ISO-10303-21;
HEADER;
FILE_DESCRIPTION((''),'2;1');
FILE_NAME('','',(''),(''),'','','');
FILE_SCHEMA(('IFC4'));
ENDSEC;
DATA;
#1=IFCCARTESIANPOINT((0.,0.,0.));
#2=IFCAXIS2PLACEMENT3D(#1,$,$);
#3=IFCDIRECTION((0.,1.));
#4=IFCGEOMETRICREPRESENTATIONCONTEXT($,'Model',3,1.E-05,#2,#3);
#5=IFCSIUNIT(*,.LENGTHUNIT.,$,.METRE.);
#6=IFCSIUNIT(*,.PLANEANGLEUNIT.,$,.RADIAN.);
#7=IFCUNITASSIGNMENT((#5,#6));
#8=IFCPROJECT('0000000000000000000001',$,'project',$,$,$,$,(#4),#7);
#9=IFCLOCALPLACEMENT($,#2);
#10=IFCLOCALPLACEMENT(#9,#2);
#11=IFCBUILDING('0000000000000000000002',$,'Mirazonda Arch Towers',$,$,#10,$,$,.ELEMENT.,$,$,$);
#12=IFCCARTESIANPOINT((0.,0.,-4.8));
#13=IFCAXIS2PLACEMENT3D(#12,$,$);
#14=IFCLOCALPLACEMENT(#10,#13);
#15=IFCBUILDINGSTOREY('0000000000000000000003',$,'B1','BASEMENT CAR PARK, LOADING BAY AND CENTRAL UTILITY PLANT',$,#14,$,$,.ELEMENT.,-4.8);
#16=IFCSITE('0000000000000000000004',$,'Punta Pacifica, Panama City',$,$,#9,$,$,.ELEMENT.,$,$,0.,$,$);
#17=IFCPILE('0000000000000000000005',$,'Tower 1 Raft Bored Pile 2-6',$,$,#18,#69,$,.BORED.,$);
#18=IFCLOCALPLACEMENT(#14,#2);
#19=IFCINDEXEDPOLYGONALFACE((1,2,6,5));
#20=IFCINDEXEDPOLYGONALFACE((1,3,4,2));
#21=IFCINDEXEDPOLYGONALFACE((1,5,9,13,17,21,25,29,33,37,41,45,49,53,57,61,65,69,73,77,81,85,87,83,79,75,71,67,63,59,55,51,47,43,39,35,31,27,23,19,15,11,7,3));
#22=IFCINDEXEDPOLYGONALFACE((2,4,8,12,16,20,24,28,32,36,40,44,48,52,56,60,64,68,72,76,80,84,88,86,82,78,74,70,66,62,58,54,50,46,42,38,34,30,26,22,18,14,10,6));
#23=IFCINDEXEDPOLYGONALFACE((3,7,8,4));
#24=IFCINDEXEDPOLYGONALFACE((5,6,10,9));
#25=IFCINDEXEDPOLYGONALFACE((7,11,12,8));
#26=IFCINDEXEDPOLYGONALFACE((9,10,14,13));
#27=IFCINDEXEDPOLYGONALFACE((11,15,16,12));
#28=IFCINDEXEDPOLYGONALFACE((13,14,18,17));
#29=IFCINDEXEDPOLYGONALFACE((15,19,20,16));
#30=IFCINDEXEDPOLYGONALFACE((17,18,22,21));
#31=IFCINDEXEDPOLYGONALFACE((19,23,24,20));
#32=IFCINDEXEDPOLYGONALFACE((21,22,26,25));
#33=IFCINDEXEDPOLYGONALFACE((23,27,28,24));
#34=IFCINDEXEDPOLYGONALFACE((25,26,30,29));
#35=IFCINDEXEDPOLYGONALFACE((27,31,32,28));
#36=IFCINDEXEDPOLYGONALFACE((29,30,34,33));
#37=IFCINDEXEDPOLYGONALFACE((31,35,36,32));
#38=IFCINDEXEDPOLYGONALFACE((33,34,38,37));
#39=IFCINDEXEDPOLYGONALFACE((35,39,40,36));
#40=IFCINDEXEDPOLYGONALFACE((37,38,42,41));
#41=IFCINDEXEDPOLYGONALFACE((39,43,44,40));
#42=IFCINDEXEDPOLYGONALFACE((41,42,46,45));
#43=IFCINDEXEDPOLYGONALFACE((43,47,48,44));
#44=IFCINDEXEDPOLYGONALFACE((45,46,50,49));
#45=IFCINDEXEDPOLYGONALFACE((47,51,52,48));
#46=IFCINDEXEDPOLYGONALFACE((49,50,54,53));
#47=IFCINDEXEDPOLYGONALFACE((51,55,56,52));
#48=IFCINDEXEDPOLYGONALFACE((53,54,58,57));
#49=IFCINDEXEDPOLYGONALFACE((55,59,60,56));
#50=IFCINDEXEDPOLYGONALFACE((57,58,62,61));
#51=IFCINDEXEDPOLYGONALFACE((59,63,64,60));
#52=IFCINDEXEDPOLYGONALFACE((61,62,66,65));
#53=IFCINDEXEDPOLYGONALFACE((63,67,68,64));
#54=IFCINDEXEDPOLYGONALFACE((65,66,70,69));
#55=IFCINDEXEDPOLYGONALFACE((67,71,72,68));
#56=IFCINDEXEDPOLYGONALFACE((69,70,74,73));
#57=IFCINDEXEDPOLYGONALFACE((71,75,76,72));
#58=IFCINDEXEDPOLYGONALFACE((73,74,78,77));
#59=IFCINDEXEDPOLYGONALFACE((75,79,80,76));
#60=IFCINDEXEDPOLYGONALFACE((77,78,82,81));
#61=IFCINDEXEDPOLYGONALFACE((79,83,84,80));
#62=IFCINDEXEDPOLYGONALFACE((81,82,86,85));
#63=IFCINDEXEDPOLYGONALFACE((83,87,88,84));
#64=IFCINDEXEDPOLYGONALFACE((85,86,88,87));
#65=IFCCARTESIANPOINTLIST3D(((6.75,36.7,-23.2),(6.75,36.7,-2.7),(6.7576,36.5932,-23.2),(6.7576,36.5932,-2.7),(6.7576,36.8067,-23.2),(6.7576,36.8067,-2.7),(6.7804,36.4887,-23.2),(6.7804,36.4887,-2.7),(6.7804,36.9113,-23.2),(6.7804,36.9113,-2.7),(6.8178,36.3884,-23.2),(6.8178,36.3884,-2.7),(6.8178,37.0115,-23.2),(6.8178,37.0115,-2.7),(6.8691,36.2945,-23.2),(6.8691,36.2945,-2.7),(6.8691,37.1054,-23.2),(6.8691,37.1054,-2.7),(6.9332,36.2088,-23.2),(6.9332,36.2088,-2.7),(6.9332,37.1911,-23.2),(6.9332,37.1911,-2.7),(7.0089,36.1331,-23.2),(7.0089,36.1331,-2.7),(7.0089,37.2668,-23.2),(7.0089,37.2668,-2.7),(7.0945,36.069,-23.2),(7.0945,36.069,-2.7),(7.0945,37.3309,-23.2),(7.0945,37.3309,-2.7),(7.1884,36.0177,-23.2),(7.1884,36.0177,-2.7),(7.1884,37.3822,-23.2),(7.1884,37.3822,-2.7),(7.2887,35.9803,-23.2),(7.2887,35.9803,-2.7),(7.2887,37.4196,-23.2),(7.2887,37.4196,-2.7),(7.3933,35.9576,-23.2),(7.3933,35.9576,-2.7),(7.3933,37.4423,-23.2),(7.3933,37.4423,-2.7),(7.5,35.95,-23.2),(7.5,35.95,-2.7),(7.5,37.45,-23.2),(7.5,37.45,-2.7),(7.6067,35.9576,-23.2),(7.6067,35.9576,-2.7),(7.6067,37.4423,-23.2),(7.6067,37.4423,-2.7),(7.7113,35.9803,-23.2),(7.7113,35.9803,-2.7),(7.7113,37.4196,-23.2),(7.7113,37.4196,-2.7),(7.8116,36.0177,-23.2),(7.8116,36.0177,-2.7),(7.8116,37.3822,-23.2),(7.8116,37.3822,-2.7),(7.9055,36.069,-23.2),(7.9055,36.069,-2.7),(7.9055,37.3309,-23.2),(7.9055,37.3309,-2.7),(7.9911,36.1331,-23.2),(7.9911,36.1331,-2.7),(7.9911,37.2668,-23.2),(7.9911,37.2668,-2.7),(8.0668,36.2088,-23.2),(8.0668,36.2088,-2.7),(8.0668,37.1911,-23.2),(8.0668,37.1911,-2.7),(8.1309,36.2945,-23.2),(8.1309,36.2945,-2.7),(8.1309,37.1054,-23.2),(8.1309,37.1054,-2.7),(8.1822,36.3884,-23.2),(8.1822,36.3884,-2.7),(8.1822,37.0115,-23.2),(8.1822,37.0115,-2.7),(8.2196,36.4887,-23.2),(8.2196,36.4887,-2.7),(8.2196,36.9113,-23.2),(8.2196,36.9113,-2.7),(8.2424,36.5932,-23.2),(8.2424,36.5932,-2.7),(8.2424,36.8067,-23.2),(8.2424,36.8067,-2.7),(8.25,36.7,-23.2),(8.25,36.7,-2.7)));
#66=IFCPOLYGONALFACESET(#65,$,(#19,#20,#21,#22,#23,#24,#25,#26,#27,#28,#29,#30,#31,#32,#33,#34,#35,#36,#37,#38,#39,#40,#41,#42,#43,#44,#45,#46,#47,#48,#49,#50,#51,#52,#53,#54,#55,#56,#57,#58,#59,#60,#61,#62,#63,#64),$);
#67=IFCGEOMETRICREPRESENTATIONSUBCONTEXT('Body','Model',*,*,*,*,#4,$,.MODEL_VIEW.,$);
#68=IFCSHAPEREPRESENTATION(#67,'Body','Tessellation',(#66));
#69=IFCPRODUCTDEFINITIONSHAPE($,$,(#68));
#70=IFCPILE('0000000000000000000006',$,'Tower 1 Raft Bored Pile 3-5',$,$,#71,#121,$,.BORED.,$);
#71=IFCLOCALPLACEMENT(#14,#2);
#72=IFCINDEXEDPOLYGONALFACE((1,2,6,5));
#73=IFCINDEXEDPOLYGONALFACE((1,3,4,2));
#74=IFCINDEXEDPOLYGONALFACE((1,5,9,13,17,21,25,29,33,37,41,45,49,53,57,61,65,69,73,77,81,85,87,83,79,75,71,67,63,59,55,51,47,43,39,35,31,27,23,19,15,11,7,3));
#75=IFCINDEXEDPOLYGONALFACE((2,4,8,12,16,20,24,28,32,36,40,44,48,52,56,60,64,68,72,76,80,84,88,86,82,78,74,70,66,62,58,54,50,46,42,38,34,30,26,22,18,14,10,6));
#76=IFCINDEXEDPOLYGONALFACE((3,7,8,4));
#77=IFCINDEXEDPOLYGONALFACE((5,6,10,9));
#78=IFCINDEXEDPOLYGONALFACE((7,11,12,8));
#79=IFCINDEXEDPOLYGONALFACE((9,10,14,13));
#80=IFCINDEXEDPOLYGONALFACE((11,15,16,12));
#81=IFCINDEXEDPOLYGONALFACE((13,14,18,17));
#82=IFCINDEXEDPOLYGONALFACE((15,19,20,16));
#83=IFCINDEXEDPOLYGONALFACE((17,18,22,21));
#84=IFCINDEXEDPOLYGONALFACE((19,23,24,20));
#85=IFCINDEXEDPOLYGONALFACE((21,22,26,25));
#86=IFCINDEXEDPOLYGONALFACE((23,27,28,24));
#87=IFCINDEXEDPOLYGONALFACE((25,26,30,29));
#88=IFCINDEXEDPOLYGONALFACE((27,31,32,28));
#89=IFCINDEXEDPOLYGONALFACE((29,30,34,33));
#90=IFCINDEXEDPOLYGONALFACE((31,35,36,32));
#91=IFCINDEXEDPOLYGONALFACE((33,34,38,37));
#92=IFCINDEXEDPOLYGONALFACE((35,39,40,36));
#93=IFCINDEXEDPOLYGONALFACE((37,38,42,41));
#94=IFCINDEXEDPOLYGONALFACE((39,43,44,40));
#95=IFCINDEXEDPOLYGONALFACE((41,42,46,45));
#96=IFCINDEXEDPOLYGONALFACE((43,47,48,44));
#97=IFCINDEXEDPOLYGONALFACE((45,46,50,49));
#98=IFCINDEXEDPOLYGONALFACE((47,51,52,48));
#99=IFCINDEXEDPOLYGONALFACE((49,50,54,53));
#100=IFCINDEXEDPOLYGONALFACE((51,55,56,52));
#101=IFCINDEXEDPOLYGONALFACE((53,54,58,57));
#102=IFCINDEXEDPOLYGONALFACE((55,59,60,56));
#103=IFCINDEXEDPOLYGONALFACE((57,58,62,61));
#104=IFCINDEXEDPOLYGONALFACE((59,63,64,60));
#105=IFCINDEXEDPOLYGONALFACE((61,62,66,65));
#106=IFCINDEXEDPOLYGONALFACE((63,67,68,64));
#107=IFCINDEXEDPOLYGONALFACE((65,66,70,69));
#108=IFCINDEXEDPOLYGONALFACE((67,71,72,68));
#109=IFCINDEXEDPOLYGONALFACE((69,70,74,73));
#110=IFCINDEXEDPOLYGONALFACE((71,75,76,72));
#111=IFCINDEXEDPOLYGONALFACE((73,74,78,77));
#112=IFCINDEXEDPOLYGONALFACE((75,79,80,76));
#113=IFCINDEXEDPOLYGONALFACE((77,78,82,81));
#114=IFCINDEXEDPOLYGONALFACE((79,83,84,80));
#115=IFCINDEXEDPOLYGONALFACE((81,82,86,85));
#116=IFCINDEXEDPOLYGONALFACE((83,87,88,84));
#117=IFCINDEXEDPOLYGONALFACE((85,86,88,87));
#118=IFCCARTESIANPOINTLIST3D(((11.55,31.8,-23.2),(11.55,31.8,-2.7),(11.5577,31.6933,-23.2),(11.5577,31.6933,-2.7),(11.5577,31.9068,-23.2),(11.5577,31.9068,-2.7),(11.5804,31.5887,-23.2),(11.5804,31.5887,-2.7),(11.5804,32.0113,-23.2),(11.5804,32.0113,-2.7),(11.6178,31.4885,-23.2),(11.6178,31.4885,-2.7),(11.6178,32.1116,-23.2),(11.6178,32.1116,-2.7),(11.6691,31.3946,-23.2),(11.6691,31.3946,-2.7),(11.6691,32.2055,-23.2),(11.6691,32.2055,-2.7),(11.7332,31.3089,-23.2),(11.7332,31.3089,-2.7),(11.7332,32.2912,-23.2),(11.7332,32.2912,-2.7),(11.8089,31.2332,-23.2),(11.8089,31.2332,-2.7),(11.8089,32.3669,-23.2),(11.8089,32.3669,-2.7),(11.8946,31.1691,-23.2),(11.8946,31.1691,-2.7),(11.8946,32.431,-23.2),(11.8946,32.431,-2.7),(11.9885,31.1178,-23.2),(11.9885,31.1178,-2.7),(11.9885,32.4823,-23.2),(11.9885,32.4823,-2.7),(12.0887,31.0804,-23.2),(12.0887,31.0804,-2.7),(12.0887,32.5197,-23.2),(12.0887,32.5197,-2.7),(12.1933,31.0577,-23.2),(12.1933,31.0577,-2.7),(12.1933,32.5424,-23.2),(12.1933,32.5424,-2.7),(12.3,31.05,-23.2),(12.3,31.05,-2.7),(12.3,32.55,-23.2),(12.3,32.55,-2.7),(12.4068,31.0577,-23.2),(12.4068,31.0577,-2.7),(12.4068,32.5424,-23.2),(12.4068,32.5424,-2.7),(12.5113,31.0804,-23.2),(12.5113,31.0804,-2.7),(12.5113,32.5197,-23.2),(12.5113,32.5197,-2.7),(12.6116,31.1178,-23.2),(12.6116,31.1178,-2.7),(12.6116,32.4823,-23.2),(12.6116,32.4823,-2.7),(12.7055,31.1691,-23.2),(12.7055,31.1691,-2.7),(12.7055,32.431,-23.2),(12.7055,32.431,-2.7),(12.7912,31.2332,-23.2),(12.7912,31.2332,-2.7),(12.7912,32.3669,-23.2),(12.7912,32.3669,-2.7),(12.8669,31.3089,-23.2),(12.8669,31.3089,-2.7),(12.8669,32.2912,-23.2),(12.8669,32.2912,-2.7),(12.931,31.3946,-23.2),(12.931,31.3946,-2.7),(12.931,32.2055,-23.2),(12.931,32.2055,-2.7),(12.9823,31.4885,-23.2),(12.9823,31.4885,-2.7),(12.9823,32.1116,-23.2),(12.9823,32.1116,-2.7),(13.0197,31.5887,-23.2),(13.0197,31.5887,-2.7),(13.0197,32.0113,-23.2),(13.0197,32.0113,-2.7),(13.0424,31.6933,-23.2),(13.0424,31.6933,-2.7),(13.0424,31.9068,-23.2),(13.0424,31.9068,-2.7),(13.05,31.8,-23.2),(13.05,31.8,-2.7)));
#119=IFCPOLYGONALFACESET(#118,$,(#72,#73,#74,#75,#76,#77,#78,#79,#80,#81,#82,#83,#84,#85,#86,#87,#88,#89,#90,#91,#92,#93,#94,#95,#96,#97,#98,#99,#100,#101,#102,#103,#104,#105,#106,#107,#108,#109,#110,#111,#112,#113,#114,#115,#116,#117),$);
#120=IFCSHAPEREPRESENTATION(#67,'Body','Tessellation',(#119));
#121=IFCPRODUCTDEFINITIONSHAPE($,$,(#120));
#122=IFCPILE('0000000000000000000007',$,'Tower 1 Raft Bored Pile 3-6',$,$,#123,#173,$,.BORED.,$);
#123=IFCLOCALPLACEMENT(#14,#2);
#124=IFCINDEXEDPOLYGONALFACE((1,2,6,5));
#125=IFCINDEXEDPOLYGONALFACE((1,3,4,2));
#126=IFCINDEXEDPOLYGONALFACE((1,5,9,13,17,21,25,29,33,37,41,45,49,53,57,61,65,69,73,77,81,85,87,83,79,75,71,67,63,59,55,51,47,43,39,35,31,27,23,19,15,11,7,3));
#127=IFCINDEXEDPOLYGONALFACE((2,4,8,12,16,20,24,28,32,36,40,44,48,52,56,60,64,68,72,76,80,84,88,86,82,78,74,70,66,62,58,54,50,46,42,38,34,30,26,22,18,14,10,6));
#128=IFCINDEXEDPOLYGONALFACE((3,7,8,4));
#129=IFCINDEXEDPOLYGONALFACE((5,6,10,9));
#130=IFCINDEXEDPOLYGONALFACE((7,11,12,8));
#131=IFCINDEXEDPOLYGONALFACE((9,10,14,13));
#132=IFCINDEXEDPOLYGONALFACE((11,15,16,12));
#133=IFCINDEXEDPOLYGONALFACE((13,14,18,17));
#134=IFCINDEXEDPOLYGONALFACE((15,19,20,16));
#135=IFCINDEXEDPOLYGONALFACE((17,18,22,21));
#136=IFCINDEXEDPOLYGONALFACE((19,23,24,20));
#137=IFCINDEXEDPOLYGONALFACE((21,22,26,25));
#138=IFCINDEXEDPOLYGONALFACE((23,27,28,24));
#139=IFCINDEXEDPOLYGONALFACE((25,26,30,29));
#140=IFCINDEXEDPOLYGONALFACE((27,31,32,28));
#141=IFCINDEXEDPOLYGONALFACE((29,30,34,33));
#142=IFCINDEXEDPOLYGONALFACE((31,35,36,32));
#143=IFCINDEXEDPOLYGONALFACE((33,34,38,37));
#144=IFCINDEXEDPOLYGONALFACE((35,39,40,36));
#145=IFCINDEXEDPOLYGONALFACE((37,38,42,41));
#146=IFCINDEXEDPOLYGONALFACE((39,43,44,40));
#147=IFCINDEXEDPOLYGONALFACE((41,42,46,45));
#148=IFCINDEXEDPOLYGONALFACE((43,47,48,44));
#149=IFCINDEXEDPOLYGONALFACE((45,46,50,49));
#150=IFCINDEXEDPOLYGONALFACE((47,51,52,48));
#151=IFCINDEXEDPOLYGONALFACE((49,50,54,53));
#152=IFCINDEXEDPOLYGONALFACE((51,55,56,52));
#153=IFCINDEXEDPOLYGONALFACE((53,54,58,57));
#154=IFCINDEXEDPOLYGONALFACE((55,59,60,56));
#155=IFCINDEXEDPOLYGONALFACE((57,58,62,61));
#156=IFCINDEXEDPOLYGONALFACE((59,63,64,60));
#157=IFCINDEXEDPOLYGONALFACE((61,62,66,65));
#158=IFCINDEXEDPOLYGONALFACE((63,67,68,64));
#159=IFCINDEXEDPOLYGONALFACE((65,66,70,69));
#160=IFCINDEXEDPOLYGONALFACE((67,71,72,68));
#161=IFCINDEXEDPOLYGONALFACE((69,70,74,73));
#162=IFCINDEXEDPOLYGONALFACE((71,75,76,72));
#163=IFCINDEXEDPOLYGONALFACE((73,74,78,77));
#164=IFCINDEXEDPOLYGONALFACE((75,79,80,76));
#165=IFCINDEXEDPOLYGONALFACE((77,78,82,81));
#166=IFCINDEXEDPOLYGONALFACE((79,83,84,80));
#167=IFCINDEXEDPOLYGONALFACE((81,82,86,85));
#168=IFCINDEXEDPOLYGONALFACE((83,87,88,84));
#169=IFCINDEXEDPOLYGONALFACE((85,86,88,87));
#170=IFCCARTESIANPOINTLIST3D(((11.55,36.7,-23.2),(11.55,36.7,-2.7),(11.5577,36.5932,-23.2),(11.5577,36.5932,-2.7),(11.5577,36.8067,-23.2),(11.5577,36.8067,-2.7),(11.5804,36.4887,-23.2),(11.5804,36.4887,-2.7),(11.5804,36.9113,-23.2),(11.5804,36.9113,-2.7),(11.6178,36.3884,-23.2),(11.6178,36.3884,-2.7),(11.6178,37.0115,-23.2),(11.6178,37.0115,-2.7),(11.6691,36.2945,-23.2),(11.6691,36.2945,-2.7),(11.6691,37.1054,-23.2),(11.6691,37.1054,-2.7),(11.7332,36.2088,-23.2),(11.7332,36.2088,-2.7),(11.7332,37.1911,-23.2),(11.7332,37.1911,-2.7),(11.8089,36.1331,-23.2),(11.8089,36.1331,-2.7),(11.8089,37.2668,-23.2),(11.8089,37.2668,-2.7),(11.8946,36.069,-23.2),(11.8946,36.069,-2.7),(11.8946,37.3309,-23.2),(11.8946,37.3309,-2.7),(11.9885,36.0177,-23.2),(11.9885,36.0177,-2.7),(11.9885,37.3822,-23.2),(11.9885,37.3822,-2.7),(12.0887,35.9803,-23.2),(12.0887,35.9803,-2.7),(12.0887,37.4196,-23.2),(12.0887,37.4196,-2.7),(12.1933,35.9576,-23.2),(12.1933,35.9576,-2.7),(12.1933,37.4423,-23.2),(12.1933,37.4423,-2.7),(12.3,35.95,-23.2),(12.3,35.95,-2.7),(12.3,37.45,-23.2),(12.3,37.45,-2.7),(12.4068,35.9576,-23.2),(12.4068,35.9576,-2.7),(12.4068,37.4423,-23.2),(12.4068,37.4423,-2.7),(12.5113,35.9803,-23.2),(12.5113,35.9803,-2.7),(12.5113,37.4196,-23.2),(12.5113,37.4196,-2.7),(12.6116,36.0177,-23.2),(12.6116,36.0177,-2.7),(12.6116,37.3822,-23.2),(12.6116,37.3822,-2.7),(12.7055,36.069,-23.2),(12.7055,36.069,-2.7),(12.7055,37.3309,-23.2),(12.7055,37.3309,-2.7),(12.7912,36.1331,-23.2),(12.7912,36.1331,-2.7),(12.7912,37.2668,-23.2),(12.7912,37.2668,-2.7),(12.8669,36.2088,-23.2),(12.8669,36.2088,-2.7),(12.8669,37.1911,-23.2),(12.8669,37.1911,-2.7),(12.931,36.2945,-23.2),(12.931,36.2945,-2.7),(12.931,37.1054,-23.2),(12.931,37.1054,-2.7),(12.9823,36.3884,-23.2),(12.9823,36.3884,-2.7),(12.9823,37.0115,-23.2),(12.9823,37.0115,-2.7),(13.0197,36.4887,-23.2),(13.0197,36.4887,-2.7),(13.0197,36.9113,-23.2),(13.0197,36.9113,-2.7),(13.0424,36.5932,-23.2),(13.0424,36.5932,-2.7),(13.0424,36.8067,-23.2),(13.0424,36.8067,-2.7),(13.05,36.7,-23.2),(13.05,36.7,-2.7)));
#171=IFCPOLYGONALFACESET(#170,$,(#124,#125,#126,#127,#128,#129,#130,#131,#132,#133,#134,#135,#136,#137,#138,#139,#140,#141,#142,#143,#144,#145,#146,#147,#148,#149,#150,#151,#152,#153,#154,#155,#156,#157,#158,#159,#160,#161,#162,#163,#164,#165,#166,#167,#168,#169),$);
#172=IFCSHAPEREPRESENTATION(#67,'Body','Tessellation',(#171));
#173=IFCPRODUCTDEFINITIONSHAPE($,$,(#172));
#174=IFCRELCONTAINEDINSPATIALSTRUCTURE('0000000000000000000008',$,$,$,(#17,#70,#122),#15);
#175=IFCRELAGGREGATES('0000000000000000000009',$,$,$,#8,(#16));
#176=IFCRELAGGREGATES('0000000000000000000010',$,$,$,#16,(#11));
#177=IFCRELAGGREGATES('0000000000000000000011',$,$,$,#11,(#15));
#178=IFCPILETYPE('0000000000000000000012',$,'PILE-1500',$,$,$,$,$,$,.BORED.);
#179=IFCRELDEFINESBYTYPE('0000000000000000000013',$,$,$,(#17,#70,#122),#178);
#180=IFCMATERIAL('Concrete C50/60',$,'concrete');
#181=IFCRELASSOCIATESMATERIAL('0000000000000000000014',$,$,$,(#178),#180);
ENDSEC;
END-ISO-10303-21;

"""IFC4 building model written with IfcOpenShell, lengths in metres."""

from ifc_helpers import new_model, si_unit, direction, frame, origin, origin_2d, place, context, subcontext, project, spatial, circle, extrude, material, material_profile, profile_set, type_object, element, save


model = new_model("IFC4")

# Units and contexts
model_context = context("Model", 3, precision=1e-05, world=origin(), true_north=direction((0.0, 1.0)))
body_context = subcontext(model_context, "Body", "Model", "MODEL_VIEW")
ifc_project = project(units=[si_unit("LENGTHUNIT", "METRE"), si_unit("PLANEANGLEUNIT", "RADIAN")], contexts=[model_context])

# Site, building, storey
site_placement = place(None, origin())
site = spatial("IfcSite", under=ifc_project, at=site_placement, Name="Punta Pacifica, Panama City", CompositionType="ELEMENT", RefElevation=0.0)
building_placement = place(site_placement, origin())
building = spatial("IfcBuilding", under=site, at=building_placement, Name="Mirazonda Arch Towers", CompositionType="ELEMENT")
storey_placement = place(building_placement, frame((0.0, 0.0, -4.8)))
storey = spatial("IfcBuildingStorey", under=building, at=storey_placement, Name="B1", Description="BASEMENT CAR PARK, LOADING BAY AND CENTRAL UTILITY PLANT", CompositionType="ELEMENT", Elevation=-4.8)

# Piles
ifc_material_1 = material(Name="Concrete C50/60", Category="concrete")
ifc_material_profile_1 = material_profile(ifc_material_1, circle(Radius=0.75, at=origin_2d()), Name="BORED-D1500")
ifc_profile_set_1 = profile_set([ifc_material_profile_1], Name="Concrete C50/60")
pile_type = type_object("IfcPileType", Name="PILE-1500", PredefinedType="BORED", material=ifc_profile_set_1)
for number, where, z_axis, x_axis, name in (
    (1, (7.5, 36.7, -2.7), (0.0, 0.0, -1.0), (1.0, 0.0, 0.0), "Tower 1 Raft Bored Pile 2-6"),
    (2, (12.3, 31.8, -2.7), (0.0, 0.0, -1.0), (1.0, 0.0, 0.0), "Tower 1 Raft Bored Pile 3-5"),
    (3, (12.3, 36.7, -2.7), (0.0, 0.0, -1.0), (1.0, 0.0, 0.0), "Tower 1 Raft Bored Pile 3-6"),
):
    element("IfcPile", number, at=place(storey_placement, frame(where, z_axis=z_axis, x_axis=x_axis)), inside=storey, type_object=pile_type, Name=name, PredefinedType="BORED", context=body_context, shape_type="SweptSolid", body=[
        extrude(circle(Radius=0.75, at=origin_2d()), origin(), (0.0, 0.0, 1.0), 20.5),
    ])

save(model, "model.ifc")
